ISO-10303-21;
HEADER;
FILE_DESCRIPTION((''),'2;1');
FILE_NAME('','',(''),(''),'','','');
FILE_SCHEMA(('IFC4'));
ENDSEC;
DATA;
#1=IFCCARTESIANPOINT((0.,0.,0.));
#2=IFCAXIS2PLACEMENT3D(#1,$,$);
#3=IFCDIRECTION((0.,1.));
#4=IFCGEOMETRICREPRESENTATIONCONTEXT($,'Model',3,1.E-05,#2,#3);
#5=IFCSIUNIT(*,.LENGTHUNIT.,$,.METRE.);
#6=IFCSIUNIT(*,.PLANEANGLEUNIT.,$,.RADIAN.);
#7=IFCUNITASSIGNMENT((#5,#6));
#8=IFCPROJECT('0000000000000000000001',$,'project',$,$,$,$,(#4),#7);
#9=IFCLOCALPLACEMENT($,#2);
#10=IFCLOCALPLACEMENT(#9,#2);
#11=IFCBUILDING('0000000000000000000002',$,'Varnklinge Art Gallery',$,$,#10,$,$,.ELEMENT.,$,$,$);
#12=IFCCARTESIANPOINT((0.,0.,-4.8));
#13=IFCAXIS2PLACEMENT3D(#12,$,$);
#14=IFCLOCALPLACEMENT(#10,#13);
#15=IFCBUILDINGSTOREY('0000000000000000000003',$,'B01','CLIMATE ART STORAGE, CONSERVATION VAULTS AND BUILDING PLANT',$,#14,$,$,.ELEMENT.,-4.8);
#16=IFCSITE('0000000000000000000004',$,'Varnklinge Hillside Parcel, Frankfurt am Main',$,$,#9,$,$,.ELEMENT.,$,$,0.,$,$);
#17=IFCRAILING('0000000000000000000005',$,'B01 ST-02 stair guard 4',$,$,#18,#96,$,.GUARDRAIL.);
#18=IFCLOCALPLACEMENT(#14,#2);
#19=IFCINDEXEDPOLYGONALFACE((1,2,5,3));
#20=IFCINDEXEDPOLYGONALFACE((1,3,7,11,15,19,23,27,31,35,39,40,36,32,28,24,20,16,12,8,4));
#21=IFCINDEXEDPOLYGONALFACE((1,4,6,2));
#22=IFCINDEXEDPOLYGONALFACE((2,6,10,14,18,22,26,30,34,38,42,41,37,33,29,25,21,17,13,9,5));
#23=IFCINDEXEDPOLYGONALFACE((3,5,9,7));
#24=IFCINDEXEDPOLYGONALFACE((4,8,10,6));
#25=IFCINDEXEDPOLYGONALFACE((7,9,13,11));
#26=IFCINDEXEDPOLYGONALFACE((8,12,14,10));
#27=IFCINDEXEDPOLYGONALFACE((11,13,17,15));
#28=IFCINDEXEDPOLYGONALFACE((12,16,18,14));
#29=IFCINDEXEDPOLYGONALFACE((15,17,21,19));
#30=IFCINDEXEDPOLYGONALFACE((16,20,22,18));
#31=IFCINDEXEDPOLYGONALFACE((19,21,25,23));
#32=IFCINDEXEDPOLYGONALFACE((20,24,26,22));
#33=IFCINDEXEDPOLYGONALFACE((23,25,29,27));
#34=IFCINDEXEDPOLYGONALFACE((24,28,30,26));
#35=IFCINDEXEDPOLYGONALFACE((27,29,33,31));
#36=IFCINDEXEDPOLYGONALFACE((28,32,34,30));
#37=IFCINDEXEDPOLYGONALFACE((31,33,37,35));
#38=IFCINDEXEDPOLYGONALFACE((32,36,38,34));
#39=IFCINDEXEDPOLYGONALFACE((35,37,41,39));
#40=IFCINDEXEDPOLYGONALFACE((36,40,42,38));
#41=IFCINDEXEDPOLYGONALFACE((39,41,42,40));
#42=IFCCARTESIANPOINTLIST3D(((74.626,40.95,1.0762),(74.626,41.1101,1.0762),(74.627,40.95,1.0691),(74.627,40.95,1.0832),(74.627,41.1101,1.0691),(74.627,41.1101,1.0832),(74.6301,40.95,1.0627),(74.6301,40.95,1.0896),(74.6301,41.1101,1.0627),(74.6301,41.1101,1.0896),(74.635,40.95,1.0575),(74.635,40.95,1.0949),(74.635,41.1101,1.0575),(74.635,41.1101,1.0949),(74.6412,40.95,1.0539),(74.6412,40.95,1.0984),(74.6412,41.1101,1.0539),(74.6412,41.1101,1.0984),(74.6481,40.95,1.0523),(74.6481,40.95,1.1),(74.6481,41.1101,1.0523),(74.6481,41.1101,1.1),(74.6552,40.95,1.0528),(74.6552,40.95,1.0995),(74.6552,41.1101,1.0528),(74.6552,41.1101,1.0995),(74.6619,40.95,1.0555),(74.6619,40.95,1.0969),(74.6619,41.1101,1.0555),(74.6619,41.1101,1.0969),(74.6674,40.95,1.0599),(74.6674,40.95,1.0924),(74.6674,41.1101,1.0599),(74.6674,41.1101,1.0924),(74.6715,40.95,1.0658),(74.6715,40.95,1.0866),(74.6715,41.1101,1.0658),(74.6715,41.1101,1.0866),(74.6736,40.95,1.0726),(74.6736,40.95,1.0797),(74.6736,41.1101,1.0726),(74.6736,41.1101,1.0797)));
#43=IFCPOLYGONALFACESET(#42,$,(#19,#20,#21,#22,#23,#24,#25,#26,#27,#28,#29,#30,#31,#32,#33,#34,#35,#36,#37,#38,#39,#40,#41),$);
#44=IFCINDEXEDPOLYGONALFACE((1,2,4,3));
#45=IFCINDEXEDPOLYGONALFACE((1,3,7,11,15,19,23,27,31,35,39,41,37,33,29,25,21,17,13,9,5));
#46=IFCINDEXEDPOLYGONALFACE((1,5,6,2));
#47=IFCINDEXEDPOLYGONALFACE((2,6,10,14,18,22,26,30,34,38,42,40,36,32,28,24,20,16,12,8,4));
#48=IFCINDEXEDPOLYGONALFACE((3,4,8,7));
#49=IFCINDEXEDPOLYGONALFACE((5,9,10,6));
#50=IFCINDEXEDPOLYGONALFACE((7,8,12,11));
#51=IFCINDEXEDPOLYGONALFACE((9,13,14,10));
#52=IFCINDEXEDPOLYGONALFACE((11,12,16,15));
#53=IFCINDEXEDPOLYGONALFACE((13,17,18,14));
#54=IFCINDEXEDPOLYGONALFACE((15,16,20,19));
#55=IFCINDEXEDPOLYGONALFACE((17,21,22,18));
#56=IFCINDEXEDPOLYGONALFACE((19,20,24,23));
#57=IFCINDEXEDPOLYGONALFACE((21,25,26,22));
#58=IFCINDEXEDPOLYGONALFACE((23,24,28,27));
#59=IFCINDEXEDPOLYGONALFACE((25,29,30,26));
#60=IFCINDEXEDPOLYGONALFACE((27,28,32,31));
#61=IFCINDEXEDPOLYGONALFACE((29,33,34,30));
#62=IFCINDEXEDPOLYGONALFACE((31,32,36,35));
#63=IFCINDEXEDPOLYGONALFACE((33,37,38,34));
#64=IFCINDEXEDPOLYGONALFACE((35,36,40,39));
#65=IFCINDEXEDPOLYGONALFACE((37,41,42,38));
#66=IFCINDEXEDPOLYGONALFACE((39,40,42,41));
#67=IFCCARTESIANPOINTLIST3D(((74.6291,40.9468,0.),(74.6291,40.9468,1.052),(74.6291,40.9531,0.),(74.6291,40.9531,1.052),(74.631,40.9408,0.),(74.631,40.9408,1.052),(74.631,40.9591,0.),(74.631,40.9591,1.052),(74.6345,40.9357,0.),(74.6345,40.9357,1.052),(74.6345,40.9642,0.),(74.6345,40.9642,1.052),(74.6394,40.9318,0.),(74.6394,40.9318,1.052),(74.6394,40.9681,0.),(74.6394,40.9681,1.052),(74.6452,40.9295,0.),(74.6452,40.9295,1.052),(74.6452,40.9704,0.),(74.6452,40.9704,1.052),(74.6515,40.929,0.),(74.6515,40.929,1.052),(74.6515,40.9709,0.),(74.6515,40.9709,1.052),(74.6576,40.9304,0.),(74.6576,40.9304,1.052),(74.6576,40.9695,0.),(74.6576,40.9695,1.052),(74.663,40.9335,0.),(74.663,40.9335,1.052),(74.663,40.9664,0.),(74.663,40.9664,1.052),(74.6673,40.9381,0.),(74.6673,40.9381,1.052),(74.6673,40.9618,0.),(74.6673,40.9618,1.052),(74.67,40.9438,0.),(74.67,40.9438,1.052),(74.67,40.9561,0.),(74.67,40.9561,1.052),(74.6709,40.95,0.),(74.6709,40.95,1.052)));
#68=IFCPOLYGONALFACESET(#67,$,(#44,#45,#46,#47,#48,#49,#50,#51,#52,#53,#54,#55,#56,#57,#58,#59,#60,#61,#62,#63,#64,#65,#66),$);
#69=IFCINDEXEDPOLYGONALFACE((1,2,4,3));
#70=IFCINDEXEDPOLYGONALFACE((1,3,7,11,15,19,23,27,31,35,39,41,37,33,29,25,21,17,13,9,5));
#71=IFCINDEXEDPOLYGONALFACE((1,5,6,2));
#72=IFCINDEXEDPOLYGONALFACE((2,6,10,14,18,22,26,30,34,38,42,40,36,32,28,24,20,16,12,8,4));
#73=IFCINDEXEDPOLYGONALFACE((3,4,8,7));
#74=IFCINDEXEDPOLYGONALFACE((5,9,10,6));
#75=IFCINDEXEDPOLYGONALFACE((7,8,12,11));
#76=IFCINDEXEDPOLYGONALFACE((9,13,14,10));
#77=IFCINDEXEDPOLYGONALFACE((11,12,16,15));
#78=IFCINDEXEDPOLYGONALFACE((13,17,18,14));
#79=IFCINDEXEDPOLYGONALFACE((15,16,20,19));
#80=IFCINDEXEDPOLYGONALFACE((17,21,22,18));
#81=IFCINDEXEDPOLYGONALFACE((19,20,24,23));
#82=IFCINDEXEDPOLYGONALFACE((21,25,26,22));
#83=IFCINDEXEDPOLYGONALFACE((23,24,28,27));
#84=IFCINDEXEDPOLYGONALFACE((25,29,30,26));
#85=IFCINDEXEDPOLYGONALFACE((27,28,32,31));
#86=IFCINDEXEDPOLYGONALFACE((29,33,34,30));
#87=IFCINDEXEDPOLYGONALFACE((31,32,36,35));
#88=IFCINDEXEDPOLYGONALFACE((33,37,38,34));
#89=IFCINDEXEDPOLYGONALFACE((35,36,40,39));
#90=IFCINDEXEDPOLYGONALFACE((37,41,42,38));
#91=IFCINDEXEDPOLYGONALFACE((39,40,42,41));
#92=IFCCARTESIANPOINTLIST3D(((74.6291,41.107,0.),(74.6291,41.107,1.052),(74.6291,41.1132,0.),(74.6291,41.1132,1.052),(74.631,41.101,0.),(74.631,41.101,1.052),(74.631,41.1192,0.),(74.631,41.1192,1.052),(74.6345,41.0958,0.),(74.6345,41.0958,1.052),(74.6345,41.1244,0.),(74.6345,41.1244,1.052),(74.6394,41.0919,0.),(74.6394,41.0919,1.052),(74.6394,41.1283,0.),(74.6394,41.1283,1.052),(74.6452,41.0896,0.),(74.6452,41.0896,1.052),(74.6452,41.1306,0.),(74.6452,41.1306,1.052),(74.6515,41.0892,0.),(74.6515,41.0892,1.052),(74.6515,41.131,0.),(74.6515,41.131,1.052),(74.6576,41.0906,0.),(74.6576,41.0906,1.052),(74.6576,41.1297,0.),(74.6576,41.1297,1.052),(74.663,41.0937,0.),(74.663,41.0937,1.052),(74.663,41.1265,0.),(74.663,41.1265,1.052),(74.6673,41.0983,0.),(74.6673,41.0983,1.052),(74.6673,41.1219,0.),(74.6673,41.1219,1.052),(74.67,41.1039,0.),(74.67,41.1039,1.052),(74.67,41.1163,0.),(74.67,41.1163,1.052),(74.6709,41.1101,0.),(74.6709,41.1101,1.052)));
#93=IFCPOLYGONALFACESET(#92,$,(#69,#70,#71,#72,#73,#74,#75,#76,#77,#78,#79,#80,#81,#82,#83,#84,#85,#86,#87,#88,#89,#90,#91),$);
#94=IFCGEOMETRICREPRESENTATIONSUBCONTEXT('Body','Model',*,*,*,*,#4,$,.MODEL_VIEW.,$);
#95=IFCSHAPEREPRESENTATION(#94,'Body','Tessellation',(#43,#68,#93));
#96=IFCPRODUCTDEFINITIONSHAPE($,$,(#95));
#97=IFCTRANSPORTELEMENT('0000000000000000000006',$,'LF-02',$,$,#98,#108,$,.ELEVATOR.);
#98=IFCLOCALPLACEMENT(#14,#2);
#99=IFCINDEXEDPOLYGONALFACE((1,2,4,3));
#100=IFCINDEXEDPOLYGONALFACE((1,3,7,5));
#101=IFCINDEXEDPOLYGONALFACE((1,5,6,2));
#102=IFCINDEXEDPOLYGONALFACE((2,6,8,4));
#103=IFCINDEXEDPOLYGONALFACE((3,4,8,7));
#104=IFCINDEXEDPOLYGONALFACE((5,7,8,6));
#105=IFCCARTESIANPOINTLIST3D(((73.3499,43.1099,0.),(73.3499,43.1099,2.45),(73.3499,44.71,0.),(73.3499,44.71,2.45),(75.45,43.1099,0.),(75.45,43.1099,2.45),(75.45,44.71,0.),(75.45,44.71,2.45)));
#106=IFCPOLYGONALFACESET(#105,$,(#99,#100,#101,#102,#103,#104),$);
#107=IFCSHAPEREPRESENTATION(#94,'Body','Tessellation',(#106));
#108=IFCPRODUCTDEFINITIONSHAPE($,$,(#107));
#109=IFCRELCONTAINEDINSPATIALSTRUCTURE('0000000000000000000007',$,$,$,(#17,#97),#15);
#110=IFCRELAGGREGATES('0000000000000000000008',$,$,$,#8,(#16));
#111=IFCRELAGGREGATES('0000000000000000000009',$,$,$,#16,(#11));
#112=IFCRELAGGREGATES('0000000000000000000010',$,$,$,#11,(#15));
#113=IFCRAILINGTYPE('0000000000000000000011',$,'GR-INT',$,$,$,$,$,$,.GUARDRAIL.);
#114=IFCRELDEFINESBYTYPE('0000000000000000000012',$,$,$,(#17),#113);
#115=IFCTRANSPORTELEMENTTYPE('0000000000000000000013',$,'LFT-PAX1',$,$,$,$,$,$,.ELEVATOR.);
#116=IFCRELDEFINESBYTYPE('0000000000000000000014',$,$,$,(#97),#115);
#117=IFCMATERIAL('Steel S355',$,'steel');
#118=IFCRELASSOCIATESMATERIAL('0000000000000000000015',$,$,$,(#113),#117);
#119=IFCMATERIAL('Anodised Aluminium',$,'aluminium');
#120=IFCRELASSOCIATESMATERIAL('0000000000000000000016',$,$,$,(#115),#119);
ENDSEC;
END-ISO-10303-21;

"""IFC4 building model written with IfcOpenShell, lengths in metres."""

from ifc_helpers import new_model, si_unit, direction, frame, origin, origin_2d, place, context, subcontext, project, spatial, rectangle, circle, extrude, material, type_object, element, save


model = new_model("IFC4")

# Units and contexts
model_context = context("Model", 3, precision=1e-05, world=origin(), true_north=direction((0.0, 1.0)))
body_context = subcontext(model_context, "Body", "Model", "MODEL_VIEW")
ifc_project = project(units=[si_unit("LENGTHUNIT", "METRE"), si_unit("PLANEANGLEUNIT", "RADIAN")], contexts=[model_context])

# Site, building, storey
site_placement = place(None, origin())
site = spatial("IfcSite", under=ifc_project, at=site_placement, Name="Varnklinge Hillside Parcel, Frankfurt am Main", CompositionType="ELEMENT", RefElevation=0.0)
building_placement = place(site_placement, origin())
building = spatial("IfcBuilding", under=site, at=building_placement, Name="Varnklinge Art Gallery", CompositionType="ELEMENT")
storey_placement = place(building_placement, frame((0.0, 0.0, -4.8)))
storey = spatial("IfcBuildingStorey", under=building, at=storey_placement, Name="B01", Description="CLIMATE ART STORAGE, CONSERVATION VAULTS AND BUILDING PLANT", CompositionType="ELEMENT", Elevation=-4.8)

# Railing
ifc_material_1 = material(Name="Steel S355", Category="steel")
railing_type = type_object("IfcRailingType", Name="GR-INT", PredefinedType="GUARDRAIL", material=ifc_material_1)
railing_1_placement = place(storey_placement, frame((74.6499, 40.95, 0.0)))
element("IfcRailing", 1, at=railing_1_placement, inside=storey, type_object=railing_type, Name="B01 ST-02 stair guard 4", PredefinedType="GUARDRAIL", context=body_context, shape_type="SweptSolid", body=[
    extrude(circle(Radius=0.0239, at=origin_2d()), frame((0.0, 0.0, 1.0762), z_axis=(0.0, 1.0, 0.0), x_axis=(-1.0, 0.0, 0.0)), (0.0, 0.0, 1.0), 0.1602),
    extrude(circle(Radius=0.021, at=origin_2d()), origin(), (0.0, 0.0, 1.0), 1.052),
    extrude(circle(Radius=0.021, at=origin_2d()), frame((0.0, 0.1602, 0.0)), (0.0, 0.0, 1.0), 1.052),
])

# Transport element
ifc_material_2 = material(Name="Anodised Aluminium", Category="aluminium")
transport_element_type = type_object("IfcTransportElementType", Name="LFT-PAX1", PredefinedType="ELEVATOR", material=ifc_material_2)
transport_element_placement = place(storey_placement, frame((74.3999, 43.9099, 0.0), z_axis=(0.0, 0.0, 1.0), x_axis=(1.0, 0.0, 0.0)))
element("IfcTransportElement", 2, at=transport_element_placement, inside=storey, type_object=transport_element_type, Name="LF-02", PredefinedType="ELEVATOR", context=body_context, shape_type="SweptSolid", body=[
    extrude(rectangle(XDim=2.1001, YDim=1.6001, at=origin_2d()), origin(), (0.0, 0.0, 1.0), 2.45),
])

save(model, "model.ifc")
